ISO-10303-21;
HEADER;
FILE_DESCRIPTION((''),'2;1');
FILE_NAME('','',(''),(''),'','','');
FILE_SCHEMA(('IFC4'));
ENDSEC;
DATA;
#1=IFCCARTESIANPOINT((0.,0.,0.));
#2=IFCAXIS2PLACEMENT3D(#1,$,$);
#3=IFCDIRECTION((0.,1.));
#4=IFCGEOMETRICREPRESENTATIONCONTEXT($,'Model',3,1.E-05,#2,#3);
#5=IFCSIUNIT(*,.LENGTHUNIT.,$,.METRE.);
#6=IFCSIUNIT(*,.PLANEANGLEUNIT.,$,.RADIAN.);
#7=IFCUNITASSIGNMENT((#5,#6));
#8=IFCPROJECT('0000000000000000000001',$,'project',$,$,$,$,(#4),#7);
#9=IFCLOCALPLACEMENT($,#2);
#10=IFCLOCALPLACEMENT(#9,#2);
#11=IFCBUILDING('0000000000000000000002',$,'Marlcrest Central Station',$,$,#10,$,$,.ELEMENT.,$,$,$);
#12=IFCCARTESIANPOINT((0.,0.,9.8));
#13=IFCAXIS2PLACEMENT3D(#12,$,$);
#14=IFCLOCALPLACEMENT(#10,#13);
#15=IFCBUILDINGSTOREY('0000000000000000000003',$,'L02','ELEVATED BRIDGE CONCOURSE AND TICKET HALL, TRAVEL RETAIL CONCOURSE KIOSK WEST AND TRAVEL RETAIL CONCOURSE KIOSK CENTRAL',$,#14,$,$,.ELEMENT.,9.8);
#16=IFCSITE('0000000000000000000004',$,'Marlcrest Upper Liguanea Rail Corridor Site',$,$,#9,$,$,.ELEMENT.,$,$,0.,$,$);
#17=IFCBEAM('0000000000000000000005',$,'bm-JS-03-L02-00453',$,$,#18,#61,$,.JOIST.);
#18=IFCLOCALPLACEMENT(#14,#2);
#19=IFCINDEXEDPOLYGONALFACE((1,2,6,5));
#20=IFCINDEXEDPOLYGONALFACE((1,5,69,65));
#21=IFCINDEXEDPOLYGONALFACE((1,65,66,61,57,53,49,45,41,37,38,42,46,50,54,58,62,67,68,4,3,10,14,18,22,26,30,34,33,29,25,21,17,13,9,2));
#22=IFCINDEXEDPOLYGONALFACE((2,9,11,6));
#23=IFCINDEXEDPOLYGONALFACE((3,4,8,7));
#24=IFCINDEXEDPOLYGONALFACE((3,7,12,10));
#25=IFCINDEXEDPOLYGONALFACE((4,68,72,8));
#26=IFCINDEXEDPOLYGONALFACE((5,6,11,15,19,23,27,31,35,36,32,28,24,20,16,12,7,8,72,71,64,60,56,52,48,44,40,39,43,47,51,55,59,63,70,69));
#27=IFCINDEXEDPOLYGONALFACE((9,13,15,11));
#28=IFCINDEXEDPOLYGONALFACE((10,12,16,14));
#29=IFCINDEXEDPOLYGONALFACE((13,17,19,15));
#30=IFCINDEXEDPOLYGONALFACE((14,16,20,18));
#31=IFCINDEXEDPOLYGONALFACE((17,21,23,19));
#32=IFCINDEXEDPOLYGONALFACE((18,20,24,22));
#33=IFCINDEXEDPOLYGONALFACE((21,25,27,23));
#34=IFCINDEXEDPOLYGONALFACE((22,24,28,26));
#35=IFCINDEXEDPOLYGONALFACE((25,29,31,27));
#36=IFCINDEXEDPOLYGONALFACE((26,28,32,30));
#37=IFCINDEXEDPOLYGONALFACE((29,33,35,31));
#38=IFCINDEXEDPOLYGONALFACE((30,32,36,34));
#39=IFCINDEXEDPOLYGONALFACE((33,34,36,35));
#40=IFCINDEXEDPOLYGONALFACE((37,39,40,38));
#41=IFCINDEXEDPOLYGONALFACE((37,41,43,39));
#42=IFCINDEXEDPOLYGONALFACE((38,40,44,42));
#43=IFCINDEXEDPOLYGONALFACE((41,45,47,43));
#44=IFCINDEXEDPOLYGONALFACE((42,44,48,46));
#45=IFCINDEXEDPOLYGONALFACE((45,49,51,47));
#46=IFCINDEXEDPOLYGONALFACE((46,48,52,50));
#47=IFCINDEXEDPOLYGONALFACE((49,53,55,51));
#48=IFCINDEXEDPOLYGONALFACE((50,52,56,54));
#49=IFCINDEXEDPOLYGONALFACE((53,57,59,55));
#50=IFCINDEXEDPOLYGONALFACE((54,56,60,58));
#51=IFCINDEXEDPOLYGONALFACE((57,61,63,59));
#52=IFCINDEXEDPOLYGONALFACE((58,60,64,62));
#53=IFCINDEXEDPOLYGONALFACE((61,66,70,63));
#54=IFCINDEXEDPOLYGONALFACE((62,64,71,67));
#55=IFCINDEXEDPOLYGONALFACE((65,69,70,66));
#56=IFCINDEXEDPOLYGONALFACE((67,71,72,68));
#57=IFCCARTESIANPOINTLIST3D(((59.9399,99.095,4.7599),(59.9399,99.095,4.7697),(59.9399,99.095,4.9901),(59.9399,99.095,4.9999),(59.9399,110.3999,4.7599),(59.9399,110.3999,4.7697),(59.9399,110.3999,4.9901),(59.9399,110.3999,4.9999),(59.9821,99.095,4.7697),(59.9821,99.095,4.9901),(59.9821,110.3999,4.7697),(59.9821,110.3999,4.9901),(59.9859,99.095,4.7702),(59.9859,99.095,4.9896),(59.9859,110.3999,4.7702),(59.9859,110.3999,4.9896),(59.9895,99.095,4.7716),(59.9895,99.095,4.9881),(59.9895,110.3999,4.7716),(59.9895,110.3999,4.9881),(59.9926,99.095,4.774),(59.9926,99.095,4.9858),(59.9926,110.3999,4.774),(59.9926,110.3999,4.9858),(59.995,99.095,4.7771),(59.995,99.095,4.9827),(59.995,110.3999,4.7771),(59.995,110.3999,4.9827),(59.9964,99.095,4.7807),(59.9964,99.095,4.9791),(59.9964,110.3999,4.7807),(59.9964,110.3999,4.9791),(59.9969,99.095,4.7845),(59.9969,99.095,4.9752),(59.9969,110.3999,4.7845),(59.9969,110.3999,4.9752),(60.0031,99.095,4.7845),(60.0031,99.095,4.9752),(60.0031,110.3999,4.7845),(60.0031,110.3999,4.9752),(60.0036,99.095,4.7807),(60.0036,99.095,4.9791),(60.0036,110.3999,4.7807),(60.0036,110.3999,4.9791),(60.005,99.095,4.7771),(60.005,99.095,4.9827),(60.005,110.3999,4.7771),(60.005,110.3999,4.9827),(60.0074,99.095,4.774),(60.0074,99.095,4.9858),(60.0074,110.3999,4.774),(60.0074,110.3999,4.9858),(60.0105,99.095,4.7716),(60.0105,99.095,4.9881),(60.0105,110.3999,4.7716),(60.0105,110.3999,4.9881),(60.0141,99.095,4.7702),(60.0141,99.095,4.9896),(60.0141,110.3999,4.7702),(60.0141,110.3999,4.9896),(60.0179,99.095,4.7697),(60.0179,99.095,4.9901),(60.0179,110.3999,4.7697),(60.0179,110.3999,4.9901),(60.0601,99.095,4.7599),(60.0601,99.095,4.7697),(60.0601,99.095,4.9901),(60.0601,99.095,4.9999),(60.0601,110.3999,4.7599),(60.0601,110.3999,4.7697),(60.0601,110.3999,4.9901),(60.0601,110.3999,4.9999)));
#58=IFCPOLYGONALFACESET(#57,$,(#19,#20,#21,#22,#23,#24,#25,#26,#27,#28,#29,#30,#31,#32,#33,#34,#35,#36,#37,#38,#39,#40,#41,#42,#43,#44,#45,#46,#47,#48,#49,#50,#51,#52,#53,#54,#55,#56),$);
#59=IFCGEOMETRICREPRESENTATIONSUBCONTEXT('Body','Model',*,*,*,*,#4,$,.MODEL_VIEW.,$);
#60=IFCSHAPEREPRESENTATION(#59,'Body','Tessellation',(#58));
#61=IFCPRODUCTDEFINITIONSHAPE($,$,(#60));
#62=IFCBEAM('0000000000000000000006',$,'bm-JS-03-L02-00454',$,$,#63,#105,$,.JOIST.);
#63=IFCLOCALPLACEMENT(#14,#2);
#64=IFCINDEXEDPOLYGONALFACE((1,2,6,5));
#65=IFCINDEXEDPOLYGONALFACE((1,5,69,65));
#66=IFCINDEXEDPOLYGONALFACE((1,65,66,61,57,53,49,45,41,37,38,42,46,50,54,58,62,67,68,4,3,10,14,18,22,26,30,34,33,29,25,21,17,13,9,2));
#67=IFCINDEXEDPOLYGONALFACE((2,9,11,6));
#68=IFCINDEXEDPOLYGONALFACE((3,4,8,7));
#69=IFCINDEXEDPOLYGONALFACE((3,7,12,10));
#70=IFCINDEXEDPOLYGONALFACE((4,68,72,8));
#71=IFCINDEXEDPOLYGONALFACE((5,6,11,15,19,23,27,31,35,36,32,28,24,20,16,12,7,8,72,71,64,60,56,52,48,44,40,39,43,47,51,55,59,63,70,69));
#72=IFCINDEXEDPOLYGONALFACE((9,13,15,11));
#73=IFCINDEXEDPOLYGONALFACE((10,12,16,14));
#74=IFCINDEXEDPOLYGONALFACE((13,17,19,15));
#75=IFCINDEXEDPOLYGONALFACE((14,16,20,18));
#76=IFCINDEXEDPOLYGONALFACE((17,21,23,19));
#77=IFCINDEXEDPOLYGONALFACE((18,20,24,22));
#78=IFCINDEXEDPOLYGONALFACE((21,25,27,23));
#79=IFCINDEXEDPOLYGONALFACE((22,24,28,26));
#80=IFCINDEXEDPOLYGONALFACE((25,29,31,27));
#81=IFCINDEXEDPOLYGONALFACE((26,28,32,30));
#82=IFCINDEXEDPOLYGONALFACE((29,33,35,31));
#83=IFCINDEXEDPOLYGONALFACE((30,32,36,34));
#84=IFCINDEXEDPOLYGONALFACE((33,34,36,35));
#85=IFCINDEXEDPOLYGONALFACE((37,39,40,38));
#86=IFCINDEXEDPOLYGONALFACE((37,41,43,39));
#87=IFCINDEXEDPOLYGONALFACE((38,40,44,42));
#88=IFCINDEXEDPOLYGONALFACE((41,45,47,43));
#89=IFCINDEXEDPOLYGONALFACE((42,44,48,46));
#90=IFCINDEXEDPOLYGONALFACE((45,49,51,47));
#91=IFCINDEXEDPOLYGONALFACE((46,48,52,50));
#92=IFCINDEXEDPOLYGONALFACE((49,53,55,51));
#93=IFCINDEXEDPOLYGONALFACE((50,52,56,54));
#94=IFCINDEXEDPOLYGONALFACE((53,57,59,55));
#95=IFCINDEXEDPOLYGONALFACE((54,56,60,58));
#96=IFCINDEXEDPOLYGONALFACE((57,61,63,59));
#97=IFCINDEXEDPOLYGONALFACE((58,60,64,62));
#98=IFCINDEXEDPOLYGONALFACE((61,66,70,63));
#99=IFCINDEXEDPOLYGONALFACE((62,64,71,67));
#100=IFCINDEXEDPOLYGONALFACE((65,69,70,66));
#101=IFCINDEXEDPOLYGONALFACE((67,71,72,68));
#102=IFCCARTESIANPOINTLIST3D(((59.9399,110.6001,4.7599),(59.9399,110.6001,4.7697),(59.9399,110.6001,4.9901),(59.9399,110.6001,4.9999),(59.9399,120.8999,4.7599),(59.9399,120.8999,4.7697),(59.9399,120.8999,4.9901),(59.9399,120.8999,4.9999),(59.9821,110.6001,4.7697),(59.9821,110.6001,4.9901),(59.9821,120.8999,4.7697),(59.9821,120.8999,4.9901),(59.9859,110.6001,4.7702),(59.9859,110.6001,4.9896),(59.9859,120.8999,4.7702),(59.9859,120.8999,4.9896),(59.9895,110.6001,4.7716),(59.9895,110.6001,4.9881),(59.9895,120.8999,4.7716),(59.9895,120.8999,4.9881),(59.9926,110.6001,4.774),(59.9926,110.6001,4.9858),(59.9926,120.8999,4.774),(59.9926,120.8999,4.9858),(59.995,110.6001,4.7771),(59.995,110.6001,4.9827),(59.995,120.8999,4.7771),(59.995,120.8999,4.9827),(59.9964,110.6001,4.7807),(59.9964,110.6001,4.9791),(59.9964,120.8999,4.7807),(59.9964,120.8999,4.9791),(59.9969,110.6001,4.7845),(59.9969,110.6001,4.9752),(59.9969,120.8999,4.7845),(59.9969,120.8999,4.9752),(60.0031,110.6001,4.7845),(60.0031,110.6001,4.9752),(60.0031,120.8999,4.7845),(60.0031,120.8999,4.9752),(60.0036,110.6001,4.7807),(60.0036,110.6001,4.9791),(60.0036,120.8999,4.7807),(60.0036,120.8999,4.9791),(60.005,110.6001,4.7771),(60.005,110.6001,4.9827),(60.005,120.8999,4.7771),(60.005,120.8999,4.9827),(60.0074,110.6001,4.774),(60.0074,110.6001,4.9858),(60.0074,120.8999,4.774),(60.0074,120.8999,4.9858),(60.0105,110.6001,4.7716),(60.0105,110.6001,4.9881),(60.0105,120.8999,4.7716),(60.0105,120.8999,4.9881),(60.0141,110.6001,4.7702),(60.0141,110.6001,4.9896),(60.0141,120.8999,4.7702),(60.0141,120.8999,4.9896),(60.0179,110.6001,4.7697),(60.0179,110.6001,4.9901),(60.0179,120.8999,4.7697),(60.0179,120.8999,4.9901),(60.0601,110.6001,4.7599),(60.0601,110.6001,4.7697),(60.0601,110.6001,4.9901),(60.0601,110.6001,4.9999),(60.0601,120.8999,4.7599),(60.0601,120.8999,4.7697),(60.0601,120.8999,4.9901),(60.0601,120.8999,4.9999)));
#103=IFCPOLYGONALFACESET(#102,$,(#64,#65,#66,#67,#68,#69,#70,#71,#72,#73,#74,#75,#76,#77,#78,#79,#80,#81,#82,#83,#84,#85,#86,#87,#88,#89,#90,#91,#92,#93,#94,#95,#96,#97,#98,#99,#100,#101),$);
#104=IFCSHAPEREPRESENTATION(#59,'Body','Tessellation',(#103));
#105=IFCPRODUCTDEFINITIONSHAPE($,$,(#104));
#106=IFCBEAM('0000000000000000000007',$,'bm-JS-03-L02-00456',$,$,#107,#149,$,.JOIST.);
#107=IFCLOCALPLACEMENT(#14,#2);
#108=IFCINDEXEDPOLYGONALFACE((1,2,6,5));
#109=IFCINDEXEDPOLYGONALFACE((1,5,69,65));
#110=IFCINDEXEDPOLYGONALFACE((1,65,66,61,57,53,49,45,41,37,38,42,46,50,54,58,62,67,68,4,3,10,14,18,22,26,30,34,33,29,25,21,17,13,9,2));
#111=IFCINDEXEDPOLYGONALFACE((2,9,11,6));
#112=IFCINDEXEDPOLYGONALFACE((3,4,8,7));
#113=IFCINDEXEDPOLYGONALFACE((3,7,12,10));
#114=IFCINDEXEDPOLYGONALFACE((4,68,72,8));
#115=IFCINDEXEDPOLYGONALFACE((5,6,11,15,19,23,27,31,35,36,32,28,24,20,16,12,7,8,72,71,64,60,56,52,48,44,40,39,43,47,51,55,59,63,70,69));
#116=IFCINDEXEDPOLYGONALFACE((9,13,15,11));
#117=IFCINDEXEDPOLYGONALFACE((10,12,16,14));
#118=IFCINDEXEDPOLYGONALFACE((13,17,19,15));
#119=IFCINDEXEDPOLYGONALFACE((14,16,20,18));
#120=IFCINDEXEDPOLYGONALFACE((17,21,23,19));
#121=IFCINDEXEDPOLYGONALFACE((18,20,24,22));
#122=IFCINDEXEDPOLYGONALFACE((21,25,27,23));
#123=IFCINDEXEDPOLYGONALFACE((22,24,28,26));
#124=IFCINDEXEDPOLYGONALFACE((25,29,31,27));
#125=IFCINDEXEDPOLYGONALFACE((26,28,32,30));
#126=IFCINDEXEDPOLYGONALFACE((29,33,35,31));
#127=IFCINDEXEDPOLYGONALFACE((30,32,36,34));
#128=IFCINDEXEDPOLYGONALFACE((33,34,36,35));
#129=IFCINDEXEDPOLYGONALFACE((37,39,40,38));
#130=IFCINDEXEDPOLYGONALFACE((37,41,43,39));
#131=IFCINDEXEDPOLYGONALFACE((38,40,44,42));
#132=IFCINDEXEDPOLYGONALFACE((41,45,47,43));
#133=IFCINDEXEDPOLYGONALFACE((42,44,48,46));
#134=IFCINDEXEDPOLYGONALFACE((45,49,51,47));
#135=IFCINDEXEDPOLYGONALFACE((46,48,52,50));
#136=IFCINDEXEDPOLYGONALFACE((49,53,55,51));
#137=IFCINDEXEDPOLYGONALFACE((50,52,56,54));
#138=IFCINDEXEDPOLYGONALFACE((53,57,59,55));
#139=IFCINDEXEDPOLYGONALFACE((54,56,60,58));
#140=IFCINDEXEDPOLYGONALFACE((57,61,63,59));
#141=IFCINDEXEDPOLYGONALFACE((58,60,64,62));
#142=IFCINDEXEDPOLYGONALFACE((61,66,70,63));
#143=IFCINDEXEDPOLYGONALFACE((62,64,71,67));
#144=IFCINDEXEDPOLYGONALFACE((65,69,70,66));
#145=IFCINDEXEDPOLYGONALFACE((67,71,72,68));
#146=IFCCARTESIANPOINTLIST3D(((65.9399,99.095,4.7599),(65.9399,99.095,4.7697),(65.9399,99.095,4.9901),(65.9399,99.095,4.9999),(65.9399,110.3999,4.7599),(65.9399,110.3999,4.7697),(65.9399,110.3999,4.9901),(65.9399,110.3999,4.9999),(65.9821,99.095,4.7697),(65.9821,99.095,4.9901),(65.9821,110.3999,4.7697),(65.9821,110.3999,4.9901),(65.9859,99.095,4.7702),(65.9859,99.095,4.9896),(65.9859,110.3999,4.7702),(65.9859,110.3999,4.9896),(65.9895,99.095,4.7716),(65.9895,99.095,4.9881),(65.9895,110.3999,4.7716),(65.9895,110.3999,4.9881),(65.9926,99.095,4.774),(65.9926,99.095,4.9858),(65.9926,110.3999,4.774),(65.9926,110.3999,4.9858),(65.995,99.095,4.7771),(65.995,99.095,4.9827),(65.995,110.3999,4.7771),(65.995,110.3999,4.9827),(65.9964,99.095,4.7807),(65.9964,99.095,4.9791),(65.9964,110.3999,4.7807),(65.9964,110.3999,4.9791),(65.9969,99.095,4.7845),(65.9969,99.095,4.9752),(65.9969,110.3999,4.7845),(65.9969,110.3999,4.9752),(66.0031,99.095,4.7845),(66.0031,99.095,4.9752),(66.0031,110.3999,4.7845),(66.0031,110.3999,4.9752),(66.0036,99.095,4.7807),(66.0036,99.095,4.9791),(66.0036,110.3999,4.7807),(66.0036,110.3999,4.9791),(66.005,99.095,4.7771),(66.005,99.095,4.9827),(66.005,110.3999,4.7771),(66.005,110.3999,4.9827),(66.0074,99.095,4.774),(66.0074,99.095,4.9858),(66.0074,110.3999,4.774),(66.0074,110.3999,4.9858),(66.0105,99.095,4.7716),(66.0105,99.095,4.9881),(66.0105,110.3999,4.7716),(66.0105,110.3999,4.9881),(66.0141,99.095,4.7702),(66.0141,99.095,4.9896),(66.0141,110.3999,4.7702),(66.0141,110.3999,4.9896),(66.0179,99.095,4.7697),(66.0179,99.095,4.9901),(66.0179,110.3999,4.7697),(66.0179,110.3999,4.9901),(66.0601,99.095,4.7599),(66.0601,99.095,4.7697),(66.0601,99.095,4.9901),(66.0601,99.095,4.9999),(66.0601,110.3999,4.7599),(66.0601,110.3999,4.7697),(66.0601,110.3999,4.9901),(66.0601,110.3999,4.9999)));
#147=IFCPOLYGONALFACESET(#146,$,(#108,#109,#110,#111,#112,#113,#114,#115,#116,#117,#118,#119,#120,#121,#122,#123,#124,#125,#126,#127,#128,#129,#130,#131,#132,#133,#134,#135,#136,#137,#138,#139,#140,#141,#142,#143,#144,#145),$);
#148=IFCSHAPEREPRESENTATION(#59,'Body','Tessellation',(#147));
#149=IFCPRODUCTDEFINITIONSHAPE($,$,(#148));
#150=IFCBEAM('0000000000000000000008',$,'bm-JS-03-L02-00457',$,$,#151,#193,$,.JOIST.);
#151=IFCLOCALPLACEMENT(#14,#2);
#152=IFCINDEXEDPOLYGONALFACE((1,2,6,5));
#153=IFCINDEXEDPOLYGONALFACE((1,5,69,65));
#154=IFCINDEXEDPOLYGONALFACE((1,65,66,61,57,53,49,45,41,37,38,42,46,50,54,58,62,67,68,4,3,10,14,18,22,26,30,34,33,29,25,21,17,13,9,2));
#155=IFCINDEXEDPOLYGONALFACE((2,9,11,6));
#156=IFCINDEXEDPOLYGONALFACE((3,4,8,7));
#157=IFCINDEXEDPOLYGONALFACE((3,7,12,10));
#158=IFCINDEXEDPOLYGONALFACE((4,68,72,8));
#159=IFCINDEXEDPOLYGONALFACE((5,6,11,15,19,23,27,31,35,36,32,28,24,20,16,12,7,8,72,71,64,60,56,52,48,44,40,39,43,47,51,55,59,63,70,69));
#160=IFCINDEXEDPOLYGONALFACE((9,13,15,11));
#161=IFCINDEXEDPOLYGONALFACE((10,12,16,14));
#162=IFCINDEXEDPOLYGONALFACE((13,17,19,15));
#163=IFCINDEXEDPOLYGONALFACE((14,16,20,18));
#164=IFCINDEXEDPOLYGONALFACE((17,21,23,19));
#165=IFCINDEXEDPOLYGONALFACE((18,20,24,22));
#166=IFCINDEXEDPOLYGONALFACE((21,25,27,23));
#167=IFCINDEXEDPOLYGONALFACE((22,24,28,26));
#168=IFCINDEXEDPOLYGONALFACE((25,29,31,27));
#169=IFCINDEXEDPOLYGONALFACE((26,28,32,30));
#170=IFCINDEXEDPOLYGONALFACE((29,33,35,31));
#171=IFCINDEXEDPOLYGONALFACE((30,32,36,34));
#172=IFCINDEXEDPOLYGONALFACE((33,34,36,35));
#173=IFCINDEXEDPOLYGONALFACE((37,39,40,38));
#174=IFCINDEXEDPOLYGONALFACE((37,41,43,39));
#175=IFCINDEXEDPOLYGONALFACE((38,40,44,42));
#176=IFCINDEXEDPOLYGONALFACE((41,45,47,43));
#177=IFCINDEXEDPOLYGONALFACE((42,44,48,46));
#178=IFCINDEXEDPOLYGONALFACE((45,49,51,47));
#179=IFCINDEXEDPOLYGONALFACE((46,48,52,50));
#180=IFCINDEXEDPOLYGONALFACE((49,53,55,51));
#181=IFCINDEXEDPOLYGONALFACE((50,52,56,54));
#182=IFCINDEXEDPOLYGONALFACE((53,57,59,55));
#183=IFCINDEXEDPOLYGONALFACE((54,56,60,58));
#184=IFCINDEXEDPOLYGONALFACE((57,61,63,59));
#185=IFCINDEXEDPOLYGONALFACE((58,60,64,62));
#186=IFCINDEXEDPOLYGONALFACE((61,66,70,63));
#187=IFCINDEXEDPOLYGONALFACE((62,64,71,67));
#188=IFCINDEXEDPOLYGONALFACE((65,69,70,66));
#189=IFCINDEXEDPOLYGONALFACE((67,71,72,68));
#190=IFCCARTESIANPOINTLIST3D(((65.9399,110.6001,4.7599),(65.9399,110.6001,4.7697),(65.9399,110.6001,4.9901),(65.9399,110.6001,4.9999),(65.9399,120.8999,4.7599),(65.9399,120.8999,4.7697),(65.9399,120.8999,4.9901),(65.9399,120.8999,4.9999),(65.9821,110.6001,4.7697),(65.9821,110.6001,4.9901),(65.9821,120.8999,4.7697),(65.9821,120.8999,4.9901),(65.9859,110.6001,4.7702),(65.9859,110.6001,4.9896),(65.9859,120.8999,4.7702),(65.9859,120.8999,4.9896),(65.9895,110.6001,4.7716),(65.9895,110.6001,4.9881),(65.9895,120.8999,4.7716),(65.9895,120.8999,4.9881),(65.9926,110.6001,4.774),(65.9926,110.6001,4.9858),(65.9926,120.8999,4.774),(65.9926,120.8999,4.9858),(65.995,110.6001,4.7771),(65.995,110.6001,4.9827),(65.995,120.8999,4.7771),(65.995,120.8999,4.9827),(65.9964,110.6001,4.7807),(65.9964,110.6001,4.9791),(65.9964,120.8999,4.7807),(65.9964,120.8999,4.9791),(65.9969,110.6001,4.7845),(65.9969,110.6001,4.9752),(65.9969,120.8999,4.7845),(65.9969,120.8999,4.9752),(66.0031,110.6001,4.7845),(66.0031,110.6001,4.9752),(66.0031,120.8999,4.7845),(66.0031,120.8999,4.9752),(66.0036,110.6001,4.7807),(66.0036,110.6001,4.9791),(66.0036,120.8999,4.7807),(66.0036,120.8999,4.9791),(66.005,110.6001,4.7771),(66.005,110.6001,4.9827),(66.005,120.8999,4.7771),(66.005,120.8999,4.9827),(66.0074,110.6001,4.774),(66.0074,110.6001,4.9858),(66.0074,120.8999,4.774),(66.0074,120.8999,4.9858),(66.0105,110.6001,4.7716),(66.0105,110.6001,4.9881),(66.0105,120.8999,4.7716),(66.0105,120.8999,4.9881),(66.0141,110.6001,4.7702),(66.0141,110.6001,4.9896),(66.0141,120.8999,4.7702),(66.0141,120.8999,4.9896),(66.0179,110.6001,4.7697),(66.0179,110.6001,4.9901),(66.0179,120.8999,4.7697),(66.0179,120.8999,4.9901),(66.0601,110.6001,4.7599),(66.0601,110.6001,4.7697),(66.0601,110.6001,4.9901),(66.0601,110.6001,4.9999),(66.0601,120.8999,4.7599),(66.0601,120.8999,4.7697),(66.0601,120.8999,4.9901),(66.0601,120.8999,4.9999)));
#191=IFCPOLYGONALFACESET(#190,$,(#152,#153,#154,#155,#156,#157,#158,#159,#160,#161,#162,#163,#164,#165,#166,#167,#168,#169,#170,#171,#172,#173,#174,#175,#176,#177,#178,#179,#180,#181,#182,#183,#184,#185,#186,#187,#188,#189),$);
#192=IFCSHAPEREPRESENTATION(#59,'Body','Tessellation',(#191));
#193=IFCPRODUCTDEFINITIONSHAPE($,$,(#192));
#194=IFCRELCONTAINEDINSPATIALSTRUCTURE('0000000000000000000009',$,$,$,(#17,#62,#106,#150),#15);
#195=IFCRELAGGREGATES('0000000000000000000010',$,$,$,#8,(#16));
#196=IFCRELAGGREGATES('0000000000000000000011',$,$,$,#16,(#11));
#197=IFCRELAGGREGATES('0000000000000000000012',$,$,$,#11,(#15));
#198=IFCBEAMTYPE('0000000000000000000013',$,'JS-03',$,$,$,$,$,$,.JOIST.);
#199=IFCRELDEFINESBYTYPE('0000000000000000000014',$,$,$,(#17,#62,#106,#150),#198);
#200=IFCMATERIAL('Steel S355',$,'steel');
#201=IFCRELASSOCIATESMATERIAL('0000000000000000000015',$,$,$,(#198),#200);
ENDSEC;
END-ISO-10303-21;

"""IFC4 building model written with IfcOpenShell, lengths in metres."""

from ifc_helpers import new_model, si_unit, direction, frame, origin, origin_2d, place, context, subcontext, project, spatial, i_section, extrude, material, material_profile, profile_set, type_object, element, save


model = new_model("IFC4")

# Units and contexts
model_context = context("Model", 3, precision=1e-05, world=origin(), true_north=direction((0.0, 1.0)))
body_context = subcontext(model_context, "Body", "Model", "MODEL_VIEW")
ifc_project = project(units=[si_unit("LENGTHUNIT", "METRE"), si_unit("PLANEANGLEUNIT", "RADIAN")], contexts=[model_context])

# Site, building, storey
site_placement = place(None, origin())
site = spatial("IfcSite", under=ifc_project, at=site_placement, Name="Marlcrest Upper Liguanea Rail Corridor Site", CompositionType="ELEMENT", RefElevation=0.0)
building_placement = place(site_placement, origin())
building = spatial("IfcBuilding", under=site, at=building_placement, Name="Marlcrest Central Station", CompositionType="ELEMENT")
storey_placement = place(building_placement, frame((0.0, 0.0, 9.8)))
storey = spatial("IfcBuildingStorey", under=building, at=storey_placement, Name="L02", Description="ELEVATED BRIDGE CONCOURSE AND TICKET HALL, TRAVEL RETAIL CONCOURSE KIOSK WEST AND TRAVEL RETAIL CONCOURSE KIOSK CENTRAL", CompositionType="ELEMENT", Elevation=9.8)

# Shared definitions
ifc_material_1 = material(Name="Steel S355", Category="steel")

# Beams
ifc_material_profile_1 = material_profile(ifc_material_1, i_section(OverallWidth=0.1201, OverallDepth=0.24, WebThickness=0.0061, FlangeThickness=0.0098, FilletRadius=0.0149, at=origin_2d()), Name="IPE 240")
ifc_profile_set_1 = profile_set([ifc_material_profile_1], Name="Steel S355")
beam_type_1 = type_object("IfcBeamType", Name="JS-03", PredefinedType="JOIST", material=ifc_profile_set_1)
beam_1_placement = place(storey_placement, frame((60.0, 99.095, 4.8799), z_axis=(0.0, 1.0, 0.0), x_axis=(-1.0, 0.0, 0.0)))
element("IfcBeam", 1, at=beam_1_placement, inside=storey, type_object=beam_type_1, Name="bm-JS-03-L02-00453", PredefinedType="JOIST", context=body_context, shape_type="SweptSolid", body=[
    extrude(i_section(OverallWidth=0.1201, OverallDepth=0.24, WebThickness=0.0061, FlangeThickness=0.0098, FilletRadius=0.0149, at=origin_2d()), origin(), (0.0, 0.0, 1.0), 11.3049),
])
beam_2_placement = place(storey_placement, frame((60.0, 110.6001, 4.8799), z_axis=(0.0, 1.0, 0.0), x_axis=(-1.0, 0.0, 0.0)))
element("IfcBeam", 2, at=beam_2_placement, inside=storey, type_object=beam_type_1, Name="bm-JS-03-L02-00454", PredefinedType="JOIST", context=body_context, shape_type="SweptSolid", body=[
    extrude(i_section(OverallWidth=0.1201, OverallDepth=0.24, WebThickness=0.0061, FlangeThickness=0.0098, FilletRadius=0.0149, at=origin_2d()), origin(), (0.0, 0.0, 1.0), 10.2998),
])
beam_3_placement = place(storey_placement, frame((66.0, 99.095, 4.8799), z_axis=(0.0, 1.0, 0.0), x_axis=(-1.0, 0.0, 0.0)))
element("IfcBeam", 3, at=beam_3_placement, inside=storey, type_object=beam_type_1, Name="bm-JS-03-L02-00456", PredefinedType="JOIST", context=body_context, shape_type="SweptSolid", body=[
    extrude(i_section(OverallWidth=0.1201, OverallDepth=0.24, WebThickness=0.0061, FlangeThickness=0.0098, FilletRadius=0.0149, at=origin_2d()), origin(), (0.0, 0.0, 1.0), 11.3049),
])
beam_4_placement = place(storey_placement, frame((66.0, 110.6001, 4.8799), z_axis=(0.0, 1.0, 0.0), x_axis=(-1.0, 0.0, 0.0)))
element("IfcBeam", 4, at=beam_4_placement, inside=storey, type_object=beam_type_1, Name="bm-JS-03-L02-00457", PredefinedType="JOIST", context=body_context, shape_type="SweptSolid", body=[
    extrude(i_section(OverallWidth=0.1201, OverallDepth=0.24, WebThickness=0.0061, FlangeThickness=0.0098, FilletRadius=0.0149, at=origin_2d()), origin(), (0.0, 0.0, 1.0), 10.2998),
])

save(model, "model.ifc")
